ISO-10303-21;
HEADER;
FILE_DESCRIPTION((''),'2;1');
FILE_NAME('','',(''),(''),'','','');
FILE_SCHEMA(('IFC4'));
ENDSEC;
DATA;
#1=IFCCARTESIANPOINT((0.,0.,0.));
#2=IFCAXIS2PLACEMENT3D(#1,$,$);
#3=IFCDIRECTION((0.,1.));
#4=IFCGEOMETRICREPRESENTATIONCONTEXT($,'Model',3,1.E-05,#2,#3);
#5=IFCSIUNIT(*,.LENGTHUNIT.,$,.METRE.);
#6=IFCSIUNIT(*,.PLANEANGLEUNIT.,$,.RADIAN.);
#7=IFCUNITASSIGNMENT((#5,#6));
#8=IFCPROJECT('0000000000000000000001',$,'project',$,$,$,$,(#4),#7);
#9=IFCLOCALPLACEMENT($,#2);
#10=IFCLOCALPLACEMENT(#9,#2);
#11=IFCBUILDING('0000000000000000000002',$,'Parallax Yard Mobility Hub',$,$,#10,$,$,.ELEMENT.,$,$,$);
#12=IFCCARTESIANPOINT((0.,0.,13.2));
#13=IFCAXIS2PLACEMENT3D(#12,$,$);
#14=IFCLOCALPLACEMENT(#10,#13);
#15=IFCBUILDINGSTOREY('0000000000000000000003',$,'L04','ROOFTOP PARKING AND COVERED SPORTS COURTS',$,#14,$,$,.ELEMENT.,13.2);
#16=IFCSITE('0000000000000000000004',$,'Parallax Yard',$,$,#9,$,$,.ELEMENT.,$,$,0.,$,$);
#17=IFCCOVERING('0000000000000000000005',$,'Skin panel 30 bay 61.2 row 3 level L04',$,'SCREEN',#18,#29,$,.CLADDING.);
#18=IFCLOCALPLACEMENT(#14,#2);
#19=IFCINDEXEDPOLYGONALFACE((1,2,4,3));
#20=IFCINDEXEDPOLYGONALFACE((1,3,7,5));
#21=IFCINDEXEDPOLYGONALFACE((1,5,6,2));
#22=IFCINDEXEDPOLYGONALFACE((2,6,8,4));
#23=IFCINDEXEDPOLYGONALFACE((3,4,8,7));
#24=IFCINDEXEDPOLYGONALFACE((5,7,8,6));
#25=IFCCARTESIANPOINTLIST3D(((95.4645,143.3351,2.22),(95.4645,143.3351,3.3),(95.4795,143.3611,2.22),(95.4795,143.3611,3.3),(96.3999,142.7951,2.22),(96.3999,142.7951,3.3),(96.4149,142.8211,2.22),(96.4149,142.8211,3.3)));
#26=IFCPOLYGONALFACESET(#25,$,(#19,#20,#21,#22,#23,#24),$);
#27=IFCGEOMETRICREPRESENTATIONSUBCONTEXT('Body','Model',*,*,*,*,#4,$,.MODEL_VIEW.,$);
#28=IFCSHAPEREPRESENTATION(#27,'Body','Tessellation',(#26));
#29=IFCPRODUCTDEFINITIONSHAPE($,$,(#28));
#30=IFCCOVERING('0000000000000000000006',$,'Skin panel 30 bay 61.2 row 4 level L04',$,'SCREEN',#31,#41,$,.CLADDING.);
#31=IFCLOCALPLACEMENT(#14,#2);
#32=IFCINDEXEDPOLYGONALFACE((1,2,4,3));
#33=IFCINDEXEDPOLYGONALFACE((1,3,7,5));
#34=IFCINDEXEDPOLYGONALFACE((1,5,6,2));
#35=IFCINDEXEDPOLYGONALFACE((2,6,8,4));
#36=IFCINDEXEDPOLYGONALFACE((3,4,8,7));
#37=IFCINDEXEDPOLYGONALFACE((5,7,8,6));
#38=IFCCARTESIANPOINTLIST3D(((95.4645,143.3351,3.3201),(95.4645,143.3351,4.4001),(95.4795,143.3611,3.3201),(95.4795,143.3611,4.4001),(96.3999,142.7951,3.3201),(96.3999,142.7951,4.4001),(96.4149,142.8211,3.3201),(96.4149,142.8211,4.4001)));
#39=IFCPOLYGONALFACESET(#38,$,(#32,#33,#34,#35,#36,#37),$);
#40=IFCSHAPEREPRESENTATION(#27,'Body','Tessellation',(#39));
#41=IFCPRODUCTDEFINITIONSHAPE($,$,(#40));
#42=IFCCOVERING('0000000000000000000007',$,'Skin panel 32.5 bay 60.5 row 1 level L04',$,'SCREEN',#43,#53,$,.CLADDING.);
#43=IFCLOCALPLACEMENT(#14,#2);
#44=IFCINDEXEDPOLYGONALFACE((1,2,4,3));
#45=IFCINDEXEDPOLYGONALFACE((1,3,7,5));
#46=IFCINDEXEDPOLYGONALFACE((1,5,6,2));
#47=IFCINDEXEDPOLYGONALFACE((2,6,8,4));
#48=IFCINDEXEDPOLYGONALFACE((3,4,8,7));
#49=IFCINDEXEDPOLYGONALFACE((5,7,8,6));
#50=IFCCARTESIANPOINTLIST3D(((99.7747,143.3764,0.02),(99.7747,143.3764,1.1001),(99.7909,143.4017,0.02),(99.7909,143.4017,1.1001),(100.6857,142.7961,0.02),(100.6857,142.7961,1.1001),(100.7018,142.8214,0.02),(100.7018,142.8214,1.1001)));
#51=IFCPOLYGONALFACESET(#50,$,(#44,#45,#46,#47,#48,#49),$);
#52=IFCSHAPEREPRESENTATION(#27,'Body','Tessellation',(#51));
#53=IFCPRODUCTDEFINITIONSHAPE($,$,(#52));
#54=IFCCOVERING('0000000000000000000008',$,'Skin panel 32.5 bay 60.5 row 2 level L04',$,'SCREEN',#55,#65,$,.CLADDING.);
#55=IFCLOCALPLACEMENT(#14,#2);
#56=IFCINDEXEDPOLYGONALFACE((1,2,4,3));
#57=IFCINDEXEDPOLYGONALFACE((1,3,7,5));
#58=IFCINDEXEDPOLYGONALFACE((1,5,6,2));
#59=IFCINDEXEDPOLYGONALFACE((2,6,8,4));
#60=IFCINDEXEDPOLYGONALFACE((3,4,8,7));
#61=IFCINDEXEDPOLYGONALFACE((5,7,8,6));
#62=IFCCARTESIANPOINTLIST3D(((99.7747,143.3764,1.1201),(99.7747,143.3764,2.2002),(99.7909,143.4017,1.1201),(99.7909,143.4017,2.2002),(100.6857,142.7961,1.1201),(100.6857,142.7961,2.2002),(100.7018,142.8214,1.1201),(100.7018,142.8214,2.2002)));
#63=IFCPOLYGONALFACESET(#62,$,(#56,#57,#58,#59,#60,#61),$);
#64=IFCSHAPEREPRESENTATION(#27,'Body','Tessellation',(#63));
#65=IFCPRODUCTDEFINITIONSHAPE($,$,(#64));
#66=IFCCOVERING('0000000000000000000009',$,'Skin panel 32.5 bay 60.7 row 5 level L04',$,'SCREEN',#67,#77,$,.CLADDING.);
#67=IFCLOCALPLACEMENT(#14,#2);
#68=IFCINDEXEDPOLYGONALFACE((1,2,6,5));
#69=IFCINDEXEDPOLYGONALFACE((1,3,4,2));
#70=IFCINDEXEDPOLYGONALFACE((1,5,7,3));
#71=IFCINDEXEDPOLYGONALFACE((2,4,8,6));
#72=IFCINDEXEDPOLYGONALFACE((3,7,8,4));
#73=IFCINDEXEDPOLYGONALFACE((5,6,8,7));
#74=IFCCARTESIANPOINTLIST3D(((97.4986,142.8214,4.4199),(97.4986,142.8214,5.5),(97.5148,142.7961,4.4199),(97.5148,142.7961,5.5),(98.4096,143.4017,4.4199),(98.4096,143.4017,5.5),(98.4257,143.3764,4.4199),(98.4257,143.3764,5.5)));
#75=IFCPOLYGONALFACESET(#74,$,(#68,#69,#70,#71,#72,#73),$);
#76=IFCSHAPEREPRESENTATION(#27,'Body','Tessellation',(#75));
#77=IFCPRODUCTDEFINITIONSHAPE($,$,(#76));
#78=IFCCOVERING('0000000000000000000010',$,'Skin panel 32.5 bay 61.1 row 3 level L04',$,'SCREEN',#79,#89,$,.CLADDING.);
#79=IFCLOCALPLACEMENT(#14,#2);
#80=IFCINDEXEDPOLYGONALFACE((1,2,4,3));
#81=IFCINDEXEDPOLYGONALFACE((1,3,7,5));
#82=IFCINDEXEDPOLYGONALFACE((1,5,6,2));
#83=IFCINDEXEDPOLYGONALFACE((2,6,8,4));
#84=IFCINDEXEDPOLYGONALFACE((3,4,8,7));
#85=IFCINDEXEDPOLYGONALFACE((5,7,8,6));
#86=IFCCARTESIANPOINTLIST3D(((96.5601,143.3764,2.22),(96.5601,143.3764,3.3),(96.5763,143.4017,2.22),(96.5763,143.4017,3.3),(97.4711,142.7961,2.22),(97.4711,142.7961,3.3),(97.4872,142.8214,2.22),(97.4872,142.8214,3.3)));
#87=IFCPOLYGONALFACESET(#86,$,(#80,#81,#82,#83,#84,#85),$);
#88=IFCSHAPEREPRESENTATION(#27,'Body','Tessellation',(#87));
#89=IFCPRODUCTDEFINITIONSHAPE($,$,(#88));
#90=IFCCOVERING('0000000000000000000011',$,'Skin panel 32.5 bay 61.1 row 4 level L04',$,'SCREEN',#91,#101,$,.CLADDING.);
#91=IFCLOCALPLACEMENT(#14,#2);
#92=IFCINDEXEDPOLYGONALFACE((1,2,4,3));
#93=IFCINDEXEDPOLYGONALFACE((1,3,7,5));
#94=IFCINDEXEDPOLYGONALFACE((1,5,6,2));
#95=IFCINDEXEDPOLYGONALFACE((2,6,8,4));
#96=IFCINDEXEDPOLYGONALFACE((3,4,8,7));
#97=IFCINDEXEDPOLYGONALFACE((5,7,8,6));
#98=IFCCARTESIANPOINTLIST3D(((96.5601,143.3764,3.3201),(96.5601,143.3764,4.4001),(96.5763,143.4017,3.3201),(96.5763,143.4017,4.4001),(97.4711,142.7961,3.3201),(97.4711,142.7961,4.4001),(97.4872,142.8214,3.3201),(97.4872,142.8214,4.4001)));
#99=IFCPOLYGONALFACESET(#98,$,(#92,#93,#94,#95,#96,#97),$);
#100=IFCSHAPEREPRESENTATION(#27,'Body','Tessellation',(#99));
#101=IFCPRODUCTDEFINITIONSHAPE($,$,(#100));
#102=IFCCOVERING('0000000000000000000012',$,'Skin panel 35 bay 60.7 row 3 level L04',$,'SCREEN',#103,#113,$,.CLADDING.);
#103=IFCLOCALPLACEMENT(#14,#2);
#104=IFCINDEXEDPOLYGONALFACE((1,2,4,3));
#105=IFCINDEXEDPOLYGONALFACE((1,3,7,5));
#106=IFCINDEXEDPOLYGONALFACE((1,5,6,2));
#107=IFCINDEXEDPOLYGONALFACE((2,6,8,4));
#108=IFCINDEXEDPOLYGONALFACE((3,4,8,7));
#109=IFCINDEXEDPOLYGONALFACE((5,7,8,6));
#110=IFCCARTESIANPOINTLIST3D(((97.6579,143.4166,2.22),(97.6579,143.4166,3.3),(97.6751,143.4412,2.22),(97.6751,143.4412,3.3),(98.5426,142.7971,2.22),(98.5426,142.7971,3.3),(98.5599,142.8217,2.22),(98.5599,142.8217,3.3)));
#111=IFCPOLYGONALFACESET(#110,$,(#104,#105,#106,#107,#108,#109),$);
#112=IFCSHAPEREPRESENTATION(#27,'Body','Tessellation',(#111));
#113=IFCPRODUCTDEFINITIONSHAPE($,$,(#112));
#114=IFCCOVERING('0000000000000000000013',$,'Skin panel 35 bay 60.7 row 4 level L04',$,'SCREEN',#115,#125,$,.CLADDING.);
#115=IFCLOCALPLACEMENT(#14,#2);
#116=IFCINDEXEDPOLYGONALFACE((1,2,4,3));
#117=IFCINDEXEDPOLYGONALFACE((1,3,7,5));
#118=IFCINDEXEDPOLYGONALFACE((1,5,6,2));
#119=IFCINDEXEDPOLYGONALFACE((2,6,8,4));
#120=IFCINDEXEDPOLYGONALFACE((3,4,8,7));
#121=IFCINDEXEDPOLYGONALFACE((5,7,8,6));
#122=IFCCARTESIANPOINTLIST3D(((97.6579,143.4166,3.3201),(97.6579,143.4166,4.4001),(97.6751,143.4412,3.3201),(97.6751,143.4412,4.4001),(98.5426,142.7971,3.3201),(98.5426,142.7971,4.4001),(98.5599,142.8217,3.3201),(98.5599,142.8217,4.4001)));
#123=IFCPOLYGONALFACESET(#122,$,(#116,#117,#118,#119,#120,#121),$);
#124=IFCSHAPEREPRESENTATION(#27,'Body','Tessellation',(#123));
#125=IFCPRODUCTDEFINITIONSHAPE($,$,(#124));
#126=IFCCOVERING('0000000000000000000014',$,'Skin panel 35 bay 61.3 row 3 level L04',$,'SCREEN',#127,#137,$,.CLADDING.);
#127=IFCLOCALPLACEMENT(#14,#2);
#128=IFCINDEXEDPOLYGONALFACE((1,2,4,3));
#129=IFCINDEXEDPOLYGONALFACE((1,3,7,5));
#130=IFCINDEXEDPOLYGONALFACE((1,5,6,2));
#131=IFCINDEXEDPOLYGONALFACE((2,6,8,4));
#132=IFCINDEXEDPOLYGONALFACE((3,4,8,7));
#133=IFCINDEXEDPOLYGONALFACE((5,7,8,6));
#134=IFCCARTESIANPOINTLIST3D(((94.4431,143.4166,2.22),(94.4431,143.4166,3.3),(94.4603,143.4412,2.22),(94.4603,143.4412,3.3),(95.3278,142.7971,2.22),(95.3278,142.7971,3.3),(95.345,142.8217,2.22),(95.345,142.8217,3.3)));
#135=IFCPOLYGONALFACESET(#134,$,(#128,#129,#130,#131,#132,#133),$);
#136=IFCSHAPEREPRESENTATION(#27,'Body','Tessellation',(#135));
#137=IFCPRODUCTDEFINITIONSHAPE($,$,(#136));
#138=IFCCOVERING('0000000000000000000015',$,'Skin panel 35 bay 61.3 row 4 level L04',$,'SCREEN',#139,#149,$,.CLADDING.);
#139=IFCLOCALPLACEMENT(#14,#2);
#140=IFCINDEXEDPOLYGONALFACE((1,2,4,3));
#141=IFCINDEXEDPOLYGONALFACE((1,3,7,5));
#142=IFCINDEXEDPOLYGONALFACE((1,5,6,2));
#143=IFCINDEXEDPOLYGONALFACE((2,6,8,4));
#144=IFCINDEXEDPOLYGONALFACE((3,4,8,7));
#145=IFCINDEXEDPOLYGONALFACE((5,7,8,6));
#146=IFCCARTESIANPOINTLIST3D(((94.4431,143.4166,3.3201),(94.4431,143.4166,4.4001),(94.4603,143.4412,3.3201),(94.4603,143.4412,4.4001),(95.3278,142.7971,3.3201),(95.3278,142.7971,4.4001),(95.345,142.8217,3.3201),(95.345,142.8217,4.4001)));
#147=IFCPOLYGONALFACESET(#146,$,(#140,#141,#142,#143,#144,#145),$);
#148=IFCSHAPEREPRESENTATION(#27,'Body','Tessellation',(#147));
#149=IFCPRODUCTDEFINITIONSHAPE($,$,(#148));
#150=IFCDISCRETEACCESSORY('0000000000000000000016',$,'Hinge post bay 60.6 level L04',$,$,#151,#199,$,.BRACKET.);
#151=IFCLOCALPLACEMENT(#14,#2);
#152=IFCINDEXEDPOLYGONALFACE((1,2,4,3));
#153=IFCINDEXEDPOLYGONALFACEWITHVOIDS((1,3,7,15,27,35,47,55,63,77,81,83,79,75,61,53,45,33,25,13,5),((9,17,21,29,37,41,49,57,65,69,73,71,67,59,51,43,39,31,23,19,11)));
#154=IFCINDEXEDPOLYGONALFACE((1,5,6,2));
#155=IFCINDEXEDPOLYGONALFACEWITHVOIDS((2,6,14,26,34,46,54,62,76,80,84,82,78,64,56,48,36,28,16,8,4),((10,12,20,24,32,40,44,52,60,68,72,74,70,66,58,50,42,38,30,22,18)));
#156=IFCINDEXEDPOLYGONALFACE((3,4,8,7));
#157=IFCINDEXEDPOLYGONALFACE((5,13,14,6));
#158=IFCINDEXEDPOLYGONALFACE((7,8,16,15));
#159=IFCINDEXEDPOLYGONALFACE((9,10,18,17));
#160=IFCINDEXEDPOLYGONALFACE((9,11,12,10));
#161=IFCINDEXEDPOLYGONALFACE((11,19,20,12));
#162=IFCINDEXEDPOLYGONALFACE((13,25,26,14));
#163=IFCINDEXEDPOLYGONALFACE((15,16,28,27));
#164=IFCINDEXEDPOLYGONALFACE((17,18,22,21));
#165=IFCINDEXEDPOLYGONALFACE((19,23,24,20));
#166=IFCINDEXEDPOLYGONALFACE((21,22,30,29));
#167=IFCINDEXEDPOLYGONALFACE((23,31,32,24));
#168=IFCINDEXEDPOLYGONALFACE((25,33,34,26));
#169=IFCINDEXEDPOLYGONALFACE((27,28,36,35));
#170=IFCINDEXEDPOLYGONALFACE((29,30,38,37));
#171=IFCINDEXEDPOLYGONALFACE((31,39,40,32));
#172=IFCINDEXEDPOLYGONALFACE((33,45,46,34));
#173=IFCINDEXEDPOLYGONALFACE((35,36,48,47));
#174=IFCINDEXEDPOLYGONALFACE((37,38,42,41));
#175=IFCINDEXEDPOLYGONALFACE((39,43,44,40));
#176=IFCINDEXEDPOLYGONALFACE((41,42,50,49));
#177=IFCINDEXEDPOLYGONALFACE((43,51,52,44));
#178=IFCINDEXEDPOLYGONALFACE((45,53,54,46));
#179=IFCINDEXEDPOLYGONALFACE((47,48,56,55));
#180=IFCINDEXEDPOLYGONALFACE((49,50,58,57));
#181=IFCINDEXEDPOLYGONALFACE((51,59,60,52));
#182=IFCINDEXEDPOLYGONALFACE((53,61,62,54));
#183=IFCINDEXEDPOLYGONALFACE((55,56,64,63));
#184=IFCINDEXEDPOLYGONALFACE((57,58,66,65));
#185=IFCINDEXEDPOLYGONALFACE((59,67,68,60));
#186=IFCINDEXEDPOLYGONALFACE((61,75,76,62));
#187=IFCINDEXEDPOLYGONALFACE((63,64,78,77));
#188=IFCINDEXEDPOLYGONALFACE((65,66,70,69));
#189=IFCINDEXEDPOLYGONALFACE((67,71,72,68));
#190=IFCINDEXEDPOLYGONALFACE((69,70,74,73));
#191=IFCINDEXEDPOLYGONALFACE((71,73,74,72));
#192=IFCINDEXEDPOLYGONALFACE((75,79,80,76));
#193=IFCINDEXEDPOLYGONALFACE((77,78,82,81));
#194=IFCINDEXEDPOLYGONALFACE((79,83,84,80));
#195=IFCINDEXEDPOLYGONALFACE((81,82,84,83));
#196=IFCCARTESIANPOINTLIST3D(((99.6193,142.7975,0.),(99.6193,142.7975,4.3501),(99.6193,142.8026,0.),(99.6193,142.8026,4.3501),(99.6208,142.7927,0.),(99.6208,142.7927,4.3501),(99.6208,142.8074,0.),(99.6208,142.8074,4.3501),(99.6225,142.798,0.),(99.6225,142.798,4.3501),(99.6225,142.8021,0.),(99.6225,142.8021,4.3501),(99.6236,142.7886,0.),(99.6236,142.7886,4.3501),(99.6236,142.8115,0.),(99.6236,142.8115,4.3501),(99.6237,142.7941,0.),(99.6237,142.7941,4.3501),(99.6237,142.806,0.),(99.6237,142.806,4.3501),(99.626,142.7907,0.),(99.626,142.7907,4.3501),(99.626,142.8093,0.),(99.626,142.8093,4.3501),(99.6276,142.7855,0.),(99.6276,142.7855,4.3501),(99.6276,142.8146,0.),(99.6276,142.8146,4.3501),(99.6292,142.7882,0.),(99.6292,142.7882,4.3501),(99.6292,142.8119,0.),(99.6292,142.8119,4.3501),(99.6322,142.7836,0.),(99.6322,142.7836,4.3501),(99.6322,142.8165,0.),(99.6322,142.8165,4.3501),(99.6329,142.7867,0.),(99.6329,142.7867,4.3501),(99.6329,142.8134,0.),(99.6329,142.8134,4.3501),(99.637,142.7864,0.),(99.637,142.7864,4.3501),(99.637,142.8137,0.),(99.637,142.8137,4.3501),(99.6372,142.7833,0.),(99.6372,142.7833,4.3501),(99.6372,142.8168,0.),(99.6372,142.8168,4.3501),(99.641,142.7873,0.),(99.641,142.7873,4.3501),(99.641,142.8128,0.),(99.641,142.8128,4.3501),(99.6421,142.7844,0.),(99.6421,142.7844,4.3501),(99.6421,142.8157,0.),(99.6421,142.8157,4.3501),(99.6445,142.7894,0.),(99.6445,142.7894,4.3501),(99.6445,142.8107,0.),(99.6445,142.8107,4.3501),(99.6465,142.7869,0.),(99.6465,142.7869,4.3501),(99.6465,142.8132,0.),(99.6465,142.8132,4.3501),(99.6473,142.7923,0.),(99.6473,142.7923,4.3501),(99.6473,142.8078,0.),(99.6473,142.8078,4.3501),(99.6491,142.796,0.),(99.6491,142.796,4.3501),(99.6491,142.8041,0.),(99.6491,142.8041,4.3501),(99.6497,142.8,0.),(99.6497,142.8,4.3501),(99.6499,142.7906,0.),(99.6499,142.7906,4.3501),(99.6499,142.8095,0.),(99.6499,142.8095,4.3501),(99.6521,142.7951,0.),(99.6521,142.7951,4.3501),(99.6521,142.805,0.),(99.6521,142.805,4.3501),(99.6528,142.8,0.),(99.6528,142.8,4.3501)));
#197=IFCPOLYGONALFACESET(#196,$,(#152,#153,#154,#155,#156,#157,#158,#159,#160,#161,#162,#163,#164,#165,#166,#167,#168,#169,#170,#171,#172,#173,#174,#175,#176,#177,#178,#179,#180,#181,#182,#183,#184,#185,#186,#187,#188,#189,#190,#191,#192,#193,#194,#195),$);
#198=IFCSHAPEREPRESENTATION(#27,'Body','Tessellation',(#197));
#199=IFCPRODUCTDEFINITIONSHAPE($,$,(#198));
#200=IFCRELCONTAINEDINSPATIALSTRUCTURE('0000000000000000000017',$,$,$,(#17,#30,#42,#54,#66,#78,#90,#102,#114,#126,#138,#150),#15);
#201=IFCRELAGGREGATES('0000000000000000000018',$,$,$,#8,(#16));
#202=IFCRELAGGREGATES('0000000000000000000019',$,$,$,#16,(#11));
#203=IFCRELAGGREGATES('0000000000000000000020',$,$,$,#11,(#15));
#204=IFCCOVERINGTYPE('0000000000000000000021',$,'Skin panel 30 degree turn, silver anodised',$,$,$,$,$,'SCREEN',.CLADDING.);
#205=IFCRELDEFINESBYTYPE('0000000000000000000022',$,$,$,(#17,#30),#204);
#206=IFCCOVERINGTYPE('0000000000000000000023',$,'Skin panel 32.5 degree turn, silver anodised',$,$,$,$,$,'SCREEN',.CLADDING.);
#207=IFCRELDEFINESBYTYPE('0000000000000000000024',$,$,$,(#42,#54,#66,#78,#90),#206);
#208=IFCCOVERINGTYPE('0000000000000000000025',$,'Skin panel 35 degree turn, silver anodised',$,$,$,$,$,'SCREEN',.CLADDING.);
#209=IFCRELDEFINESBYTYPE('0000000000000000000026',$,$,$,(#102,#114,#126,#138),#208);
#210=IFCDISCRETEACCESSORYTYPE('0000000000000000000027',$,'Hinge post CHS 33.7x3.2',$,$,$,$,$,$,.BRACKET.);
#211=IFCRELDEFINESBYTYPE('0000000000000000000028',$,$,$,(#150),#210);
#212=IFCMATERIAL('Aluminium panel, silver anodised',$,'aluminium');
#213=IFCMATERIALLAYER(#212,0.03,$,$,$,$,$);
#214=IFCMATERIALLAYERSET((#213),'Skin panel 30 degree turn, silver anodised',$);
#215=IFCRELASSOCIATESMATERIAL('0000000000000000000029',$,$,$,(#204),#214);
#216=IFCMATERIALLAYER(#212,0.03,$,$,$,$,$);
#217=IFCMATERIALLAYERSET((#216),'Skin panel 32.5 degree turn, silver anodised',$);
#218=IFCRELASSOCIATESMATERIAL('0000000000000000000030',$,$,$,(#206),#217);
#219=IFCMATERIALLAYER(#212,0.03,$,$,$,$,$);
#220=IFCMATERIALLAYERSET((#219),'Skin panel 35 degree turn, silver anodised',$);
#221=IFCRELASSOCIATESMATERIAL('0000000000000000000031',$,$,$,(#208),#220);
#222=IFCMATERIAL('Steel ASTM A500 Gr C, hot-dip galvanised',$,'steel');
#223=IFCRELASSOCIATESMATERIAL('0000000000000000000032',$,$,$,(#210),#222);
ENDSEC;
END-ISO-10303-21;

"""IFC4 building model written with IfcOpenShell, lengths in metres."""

from ifc_helpers import new_model, si_unit, direction, frame, origin, origin_2d, place, context, subcontext, project, spatial, rectangle, hollow_circle, extrude, material, layer, layer_set, material_profile, profile_set, type_object, element, save


model = new_model("IFC4")

# Units and contexts
model_context = context("Model", 3, precision=1e-05, world=origin(), true_north=direction((0.0, 1.0)))
body_context = subcontext(model_context, "Body", "Model", "MODEL_VIEW")
ifc_project = project(units=[si_unit("LENGTHUNIT", "METRE"), si_unit("PLANEANGLEUNIT", "RADIAN")], contexts=[model_context])

# Site, building, storey
site_placement = place(None, origin())
site = spatial("IfcSite", under=ifc_project, at=site_placement, Name="Parallax Yard", CompositionType="ELEMENT", RefElevation=0.0)
building_placement = place(site_placement, origin())
building = spatial("IfcBuilding", under=site, at=building_placement, Name="Parallax Yard Mobility Hub", CompositionType="ELEMENT")
storey_placement = place(building_placement, frame((0.0, 0.0, 13.2)))
storey = spatial("IfcBuildingStorey", under=building, at=storey_placement, Name="L04", Description="ROOFTOP PARKING AND COVERED SPORTS COURTS", CompositionType="ELEMENT", Elevation=13.2)

# Coverings
ifc_material_1 = material(Name="Aluminium panel, silver anodised", Category="aluminium")
ifc_layer_1 = layer(ifc_material_1, 0.03)
ifc_layer_set_1 = layer_set([ifc_layer_1], Name="Skin panel 30 degree turn, silver anodised")
covering_type_1 = type_object("IfcCoveringType", Name="Skin panel 30 degree turn, silver anodised", ElementType="SCREEN", PredefinedType="CLADDING", material=ifc_layer_set_1)
for number, where, z_axis, x_axis, name in (
    (1, (95.9397, 143.0781, 2.22), (0.0, 0.0, 1.0), (-0.866025, 0.5, 0.0), "Skin panel 30 bay 61.2 row 3 level L04"),
    (2, (95.9397, 143.0781, 3.3201), (0.0, 0.0, 1.0), (-0.866025, 0.5, 0.0), "Skin panel 30 bay 61.2 row 4 level L04"),
):
    element("IfcCovering", number, at=place(storey_placement, frame(where, z_axis=z_axis, x_axis=x_axis)), inside=storey, type_object=covering_type_1, Name=name, ObjectType="SCREEN", PredefinedType="CLADDING", context=body_context, shape_type="SweptSolid", body=[
        extrude(rectangle(XDim=1.0801, YDim=0.03, at=origin_2d()), origin(), (0.0, 0.0, 1.0), 1.0801),
    ])
ifc_layer_2 = layer(ifc_material_1, 0.03)
ifc_layer_set_2 = layer_set([ifc_layer_2], Name="Skin panel 32.5 degree turn, silver anodised")
covering_type_2 = type_object("IfcCoveringType", Name="Skin panel 32.5 degree turn, silver anodised", ElementType="SCREEN", PredefinedType="CLADDING", material=ifc_layer_set_2)
for number, where, z_axis, x_axis, name in (
    (3, (100.2383, 143.0989, 0.02), (0.0, 0.0, 1.0), (-0.843391, 0.5373, 0.0), "Skin panel 32.5 bay 60.5 row 1 level L04"),
    (4, (100.2383, 143.0989, 1.1201), (0.0, 0.0, 1.0), (-0.843391, 0.5373, 0.0), "Skin panel 32.5 bay 60.5 row 2 level L04"),
    (5, (97.9622, 143.0989, 4.4199), (0.0, 0.0, 1.0), (0.843391, 0.5373, 0.0), "Skin panel 32.5 bay 60.7 row 5 level L04"),
    (6, (97.0237, 143.0989, 2.22), (0.0, 0.0, 1.0), (-0.843391, 0.5373, 0.0), "Skin panel 32.5 bay 61.1 row 3 level L04"),
    (7, (97.0237, 143.0989, 3.3201), (0.0, 0.0, 1.0), (-0.843391, 0.5373, 0.0), "Skin panel 32.5 bay 61.1 row 4 level L04"),
):
    element("IfcCovering", number, at=place(storey_placement, frame(where, z_axis=z_axis, x_axis=x_axis)), inside=storey, type_object=covering_type_2, Name=name, ObjectType="SCREEN", PredefinedType="CLADDING", context=body_context, shape_type="SweptSolid", body=[
        extrude(rectangle(XDim=1.0801, YDim=0.03, at=origin_2d()), origin(), (0.0, 0.0, 1.0), 1.0801),
    ])
ifc_layer_3 = layer(ifc_material_1, 0.03)
ifc_layer_set_3 = layer_set([ifc_layer_3], Name="Skin panel 35 degree turn, silver anodised")
covering_type_3 = type_object("IfcCoveringType", Name="Skin panel 35 degree turn, silver anodised", ElementType="SCREEN", PredefinedType="CLADDING", material=ifc_layer_set_3)
for number, where, z_axis, x_axis, name in (
    (8, (98.1089, 143.1191, 2.22), (0.0, 0.0, 1.0), (-0.819152, 0.573576, 0.0), "Skin panel 35 bay 60.7 row 3 level L04"),
    (9, (98.1089, 143.1191, 3.3201), (0.0, 0.0, 1.0), (-0.819152, 0.573576, 0.0), "Skin panel 35 bay 60.7 row 4 level L04"),
    (10, (94.894, 143.1191, 2.22), (0.0, 0.0, 1.0), (-0.819152, 0.573576, 0.0), "Skin panel 35 bay 61.3 row 3 level L04"),
    (11, (94.894, 143.1191, 3.3201), (0.0, 0.0, 1.0), (-0.819152, 0.573576, 0.0), "Skin panel 35 bay 61.3 row 4 level L04"),
):
    element("IfcCovering", number, at=place(storey_placement, frame(where, z_axis=z_axis, x_axis=x_axis)), inside=storey, type_object=covering_type_3, Name=name, ObjectType="SCREEN", PredefinedType="CLADDING", context=body_context, shape_type="SweptSolid", body=[
        extrude(rectangle(XDim=1.0801, YDim=0.03, at=origin_2d()), origin(), (0.0, 0.0, 1.0), 1.0801),
    ])

# Discrete accessory
ifc_material_2 = material(Name="Steel ASTM A500 Gr C, hot-dip galvanised", Category="steel")
ifc_material_profile = material_profile(ifc_material_2, hollow_circle(Radius=0.0168, WallThickness=0.0032, at=origin_2d()), Name="CHS 33.7x3.2")
ifc_profile_set = profile_set([ifc_material_profile], Name="Steel ASTM A500 Gr C, hot-dip galvanised")
discrete_accessory_type = type_object("IfcDiscreteAccessoryType", Name="Hinge post CHS 33.7x3.2", PredefinedType="BRACKET", material=ifc_profile_set)
discrete_accessory_placement = place(storey_placement, frame((99.636, 142.8, 0.0), z_axis=(0.0, 0.0, 1.0), x_axis=(1.0, 0.0, 0.0)))
element("IfcDiscreteAccessory", 12, at=discrete_accessory_placement, inside=storey, type_object=discrete_accessory_type, Name="Hinge post bay 60.6 level L04", PredefinedType="BRACKET", context=body_context, shape_type="SweptSolid", body=[
    extrude(hollow_circle(Radius=0.0168, WallThickness=0.0032, at=origin_2d()), origin(), (0.0, 0.0, 1.0), 4.3501),
])

save(model, "model.ifc")
